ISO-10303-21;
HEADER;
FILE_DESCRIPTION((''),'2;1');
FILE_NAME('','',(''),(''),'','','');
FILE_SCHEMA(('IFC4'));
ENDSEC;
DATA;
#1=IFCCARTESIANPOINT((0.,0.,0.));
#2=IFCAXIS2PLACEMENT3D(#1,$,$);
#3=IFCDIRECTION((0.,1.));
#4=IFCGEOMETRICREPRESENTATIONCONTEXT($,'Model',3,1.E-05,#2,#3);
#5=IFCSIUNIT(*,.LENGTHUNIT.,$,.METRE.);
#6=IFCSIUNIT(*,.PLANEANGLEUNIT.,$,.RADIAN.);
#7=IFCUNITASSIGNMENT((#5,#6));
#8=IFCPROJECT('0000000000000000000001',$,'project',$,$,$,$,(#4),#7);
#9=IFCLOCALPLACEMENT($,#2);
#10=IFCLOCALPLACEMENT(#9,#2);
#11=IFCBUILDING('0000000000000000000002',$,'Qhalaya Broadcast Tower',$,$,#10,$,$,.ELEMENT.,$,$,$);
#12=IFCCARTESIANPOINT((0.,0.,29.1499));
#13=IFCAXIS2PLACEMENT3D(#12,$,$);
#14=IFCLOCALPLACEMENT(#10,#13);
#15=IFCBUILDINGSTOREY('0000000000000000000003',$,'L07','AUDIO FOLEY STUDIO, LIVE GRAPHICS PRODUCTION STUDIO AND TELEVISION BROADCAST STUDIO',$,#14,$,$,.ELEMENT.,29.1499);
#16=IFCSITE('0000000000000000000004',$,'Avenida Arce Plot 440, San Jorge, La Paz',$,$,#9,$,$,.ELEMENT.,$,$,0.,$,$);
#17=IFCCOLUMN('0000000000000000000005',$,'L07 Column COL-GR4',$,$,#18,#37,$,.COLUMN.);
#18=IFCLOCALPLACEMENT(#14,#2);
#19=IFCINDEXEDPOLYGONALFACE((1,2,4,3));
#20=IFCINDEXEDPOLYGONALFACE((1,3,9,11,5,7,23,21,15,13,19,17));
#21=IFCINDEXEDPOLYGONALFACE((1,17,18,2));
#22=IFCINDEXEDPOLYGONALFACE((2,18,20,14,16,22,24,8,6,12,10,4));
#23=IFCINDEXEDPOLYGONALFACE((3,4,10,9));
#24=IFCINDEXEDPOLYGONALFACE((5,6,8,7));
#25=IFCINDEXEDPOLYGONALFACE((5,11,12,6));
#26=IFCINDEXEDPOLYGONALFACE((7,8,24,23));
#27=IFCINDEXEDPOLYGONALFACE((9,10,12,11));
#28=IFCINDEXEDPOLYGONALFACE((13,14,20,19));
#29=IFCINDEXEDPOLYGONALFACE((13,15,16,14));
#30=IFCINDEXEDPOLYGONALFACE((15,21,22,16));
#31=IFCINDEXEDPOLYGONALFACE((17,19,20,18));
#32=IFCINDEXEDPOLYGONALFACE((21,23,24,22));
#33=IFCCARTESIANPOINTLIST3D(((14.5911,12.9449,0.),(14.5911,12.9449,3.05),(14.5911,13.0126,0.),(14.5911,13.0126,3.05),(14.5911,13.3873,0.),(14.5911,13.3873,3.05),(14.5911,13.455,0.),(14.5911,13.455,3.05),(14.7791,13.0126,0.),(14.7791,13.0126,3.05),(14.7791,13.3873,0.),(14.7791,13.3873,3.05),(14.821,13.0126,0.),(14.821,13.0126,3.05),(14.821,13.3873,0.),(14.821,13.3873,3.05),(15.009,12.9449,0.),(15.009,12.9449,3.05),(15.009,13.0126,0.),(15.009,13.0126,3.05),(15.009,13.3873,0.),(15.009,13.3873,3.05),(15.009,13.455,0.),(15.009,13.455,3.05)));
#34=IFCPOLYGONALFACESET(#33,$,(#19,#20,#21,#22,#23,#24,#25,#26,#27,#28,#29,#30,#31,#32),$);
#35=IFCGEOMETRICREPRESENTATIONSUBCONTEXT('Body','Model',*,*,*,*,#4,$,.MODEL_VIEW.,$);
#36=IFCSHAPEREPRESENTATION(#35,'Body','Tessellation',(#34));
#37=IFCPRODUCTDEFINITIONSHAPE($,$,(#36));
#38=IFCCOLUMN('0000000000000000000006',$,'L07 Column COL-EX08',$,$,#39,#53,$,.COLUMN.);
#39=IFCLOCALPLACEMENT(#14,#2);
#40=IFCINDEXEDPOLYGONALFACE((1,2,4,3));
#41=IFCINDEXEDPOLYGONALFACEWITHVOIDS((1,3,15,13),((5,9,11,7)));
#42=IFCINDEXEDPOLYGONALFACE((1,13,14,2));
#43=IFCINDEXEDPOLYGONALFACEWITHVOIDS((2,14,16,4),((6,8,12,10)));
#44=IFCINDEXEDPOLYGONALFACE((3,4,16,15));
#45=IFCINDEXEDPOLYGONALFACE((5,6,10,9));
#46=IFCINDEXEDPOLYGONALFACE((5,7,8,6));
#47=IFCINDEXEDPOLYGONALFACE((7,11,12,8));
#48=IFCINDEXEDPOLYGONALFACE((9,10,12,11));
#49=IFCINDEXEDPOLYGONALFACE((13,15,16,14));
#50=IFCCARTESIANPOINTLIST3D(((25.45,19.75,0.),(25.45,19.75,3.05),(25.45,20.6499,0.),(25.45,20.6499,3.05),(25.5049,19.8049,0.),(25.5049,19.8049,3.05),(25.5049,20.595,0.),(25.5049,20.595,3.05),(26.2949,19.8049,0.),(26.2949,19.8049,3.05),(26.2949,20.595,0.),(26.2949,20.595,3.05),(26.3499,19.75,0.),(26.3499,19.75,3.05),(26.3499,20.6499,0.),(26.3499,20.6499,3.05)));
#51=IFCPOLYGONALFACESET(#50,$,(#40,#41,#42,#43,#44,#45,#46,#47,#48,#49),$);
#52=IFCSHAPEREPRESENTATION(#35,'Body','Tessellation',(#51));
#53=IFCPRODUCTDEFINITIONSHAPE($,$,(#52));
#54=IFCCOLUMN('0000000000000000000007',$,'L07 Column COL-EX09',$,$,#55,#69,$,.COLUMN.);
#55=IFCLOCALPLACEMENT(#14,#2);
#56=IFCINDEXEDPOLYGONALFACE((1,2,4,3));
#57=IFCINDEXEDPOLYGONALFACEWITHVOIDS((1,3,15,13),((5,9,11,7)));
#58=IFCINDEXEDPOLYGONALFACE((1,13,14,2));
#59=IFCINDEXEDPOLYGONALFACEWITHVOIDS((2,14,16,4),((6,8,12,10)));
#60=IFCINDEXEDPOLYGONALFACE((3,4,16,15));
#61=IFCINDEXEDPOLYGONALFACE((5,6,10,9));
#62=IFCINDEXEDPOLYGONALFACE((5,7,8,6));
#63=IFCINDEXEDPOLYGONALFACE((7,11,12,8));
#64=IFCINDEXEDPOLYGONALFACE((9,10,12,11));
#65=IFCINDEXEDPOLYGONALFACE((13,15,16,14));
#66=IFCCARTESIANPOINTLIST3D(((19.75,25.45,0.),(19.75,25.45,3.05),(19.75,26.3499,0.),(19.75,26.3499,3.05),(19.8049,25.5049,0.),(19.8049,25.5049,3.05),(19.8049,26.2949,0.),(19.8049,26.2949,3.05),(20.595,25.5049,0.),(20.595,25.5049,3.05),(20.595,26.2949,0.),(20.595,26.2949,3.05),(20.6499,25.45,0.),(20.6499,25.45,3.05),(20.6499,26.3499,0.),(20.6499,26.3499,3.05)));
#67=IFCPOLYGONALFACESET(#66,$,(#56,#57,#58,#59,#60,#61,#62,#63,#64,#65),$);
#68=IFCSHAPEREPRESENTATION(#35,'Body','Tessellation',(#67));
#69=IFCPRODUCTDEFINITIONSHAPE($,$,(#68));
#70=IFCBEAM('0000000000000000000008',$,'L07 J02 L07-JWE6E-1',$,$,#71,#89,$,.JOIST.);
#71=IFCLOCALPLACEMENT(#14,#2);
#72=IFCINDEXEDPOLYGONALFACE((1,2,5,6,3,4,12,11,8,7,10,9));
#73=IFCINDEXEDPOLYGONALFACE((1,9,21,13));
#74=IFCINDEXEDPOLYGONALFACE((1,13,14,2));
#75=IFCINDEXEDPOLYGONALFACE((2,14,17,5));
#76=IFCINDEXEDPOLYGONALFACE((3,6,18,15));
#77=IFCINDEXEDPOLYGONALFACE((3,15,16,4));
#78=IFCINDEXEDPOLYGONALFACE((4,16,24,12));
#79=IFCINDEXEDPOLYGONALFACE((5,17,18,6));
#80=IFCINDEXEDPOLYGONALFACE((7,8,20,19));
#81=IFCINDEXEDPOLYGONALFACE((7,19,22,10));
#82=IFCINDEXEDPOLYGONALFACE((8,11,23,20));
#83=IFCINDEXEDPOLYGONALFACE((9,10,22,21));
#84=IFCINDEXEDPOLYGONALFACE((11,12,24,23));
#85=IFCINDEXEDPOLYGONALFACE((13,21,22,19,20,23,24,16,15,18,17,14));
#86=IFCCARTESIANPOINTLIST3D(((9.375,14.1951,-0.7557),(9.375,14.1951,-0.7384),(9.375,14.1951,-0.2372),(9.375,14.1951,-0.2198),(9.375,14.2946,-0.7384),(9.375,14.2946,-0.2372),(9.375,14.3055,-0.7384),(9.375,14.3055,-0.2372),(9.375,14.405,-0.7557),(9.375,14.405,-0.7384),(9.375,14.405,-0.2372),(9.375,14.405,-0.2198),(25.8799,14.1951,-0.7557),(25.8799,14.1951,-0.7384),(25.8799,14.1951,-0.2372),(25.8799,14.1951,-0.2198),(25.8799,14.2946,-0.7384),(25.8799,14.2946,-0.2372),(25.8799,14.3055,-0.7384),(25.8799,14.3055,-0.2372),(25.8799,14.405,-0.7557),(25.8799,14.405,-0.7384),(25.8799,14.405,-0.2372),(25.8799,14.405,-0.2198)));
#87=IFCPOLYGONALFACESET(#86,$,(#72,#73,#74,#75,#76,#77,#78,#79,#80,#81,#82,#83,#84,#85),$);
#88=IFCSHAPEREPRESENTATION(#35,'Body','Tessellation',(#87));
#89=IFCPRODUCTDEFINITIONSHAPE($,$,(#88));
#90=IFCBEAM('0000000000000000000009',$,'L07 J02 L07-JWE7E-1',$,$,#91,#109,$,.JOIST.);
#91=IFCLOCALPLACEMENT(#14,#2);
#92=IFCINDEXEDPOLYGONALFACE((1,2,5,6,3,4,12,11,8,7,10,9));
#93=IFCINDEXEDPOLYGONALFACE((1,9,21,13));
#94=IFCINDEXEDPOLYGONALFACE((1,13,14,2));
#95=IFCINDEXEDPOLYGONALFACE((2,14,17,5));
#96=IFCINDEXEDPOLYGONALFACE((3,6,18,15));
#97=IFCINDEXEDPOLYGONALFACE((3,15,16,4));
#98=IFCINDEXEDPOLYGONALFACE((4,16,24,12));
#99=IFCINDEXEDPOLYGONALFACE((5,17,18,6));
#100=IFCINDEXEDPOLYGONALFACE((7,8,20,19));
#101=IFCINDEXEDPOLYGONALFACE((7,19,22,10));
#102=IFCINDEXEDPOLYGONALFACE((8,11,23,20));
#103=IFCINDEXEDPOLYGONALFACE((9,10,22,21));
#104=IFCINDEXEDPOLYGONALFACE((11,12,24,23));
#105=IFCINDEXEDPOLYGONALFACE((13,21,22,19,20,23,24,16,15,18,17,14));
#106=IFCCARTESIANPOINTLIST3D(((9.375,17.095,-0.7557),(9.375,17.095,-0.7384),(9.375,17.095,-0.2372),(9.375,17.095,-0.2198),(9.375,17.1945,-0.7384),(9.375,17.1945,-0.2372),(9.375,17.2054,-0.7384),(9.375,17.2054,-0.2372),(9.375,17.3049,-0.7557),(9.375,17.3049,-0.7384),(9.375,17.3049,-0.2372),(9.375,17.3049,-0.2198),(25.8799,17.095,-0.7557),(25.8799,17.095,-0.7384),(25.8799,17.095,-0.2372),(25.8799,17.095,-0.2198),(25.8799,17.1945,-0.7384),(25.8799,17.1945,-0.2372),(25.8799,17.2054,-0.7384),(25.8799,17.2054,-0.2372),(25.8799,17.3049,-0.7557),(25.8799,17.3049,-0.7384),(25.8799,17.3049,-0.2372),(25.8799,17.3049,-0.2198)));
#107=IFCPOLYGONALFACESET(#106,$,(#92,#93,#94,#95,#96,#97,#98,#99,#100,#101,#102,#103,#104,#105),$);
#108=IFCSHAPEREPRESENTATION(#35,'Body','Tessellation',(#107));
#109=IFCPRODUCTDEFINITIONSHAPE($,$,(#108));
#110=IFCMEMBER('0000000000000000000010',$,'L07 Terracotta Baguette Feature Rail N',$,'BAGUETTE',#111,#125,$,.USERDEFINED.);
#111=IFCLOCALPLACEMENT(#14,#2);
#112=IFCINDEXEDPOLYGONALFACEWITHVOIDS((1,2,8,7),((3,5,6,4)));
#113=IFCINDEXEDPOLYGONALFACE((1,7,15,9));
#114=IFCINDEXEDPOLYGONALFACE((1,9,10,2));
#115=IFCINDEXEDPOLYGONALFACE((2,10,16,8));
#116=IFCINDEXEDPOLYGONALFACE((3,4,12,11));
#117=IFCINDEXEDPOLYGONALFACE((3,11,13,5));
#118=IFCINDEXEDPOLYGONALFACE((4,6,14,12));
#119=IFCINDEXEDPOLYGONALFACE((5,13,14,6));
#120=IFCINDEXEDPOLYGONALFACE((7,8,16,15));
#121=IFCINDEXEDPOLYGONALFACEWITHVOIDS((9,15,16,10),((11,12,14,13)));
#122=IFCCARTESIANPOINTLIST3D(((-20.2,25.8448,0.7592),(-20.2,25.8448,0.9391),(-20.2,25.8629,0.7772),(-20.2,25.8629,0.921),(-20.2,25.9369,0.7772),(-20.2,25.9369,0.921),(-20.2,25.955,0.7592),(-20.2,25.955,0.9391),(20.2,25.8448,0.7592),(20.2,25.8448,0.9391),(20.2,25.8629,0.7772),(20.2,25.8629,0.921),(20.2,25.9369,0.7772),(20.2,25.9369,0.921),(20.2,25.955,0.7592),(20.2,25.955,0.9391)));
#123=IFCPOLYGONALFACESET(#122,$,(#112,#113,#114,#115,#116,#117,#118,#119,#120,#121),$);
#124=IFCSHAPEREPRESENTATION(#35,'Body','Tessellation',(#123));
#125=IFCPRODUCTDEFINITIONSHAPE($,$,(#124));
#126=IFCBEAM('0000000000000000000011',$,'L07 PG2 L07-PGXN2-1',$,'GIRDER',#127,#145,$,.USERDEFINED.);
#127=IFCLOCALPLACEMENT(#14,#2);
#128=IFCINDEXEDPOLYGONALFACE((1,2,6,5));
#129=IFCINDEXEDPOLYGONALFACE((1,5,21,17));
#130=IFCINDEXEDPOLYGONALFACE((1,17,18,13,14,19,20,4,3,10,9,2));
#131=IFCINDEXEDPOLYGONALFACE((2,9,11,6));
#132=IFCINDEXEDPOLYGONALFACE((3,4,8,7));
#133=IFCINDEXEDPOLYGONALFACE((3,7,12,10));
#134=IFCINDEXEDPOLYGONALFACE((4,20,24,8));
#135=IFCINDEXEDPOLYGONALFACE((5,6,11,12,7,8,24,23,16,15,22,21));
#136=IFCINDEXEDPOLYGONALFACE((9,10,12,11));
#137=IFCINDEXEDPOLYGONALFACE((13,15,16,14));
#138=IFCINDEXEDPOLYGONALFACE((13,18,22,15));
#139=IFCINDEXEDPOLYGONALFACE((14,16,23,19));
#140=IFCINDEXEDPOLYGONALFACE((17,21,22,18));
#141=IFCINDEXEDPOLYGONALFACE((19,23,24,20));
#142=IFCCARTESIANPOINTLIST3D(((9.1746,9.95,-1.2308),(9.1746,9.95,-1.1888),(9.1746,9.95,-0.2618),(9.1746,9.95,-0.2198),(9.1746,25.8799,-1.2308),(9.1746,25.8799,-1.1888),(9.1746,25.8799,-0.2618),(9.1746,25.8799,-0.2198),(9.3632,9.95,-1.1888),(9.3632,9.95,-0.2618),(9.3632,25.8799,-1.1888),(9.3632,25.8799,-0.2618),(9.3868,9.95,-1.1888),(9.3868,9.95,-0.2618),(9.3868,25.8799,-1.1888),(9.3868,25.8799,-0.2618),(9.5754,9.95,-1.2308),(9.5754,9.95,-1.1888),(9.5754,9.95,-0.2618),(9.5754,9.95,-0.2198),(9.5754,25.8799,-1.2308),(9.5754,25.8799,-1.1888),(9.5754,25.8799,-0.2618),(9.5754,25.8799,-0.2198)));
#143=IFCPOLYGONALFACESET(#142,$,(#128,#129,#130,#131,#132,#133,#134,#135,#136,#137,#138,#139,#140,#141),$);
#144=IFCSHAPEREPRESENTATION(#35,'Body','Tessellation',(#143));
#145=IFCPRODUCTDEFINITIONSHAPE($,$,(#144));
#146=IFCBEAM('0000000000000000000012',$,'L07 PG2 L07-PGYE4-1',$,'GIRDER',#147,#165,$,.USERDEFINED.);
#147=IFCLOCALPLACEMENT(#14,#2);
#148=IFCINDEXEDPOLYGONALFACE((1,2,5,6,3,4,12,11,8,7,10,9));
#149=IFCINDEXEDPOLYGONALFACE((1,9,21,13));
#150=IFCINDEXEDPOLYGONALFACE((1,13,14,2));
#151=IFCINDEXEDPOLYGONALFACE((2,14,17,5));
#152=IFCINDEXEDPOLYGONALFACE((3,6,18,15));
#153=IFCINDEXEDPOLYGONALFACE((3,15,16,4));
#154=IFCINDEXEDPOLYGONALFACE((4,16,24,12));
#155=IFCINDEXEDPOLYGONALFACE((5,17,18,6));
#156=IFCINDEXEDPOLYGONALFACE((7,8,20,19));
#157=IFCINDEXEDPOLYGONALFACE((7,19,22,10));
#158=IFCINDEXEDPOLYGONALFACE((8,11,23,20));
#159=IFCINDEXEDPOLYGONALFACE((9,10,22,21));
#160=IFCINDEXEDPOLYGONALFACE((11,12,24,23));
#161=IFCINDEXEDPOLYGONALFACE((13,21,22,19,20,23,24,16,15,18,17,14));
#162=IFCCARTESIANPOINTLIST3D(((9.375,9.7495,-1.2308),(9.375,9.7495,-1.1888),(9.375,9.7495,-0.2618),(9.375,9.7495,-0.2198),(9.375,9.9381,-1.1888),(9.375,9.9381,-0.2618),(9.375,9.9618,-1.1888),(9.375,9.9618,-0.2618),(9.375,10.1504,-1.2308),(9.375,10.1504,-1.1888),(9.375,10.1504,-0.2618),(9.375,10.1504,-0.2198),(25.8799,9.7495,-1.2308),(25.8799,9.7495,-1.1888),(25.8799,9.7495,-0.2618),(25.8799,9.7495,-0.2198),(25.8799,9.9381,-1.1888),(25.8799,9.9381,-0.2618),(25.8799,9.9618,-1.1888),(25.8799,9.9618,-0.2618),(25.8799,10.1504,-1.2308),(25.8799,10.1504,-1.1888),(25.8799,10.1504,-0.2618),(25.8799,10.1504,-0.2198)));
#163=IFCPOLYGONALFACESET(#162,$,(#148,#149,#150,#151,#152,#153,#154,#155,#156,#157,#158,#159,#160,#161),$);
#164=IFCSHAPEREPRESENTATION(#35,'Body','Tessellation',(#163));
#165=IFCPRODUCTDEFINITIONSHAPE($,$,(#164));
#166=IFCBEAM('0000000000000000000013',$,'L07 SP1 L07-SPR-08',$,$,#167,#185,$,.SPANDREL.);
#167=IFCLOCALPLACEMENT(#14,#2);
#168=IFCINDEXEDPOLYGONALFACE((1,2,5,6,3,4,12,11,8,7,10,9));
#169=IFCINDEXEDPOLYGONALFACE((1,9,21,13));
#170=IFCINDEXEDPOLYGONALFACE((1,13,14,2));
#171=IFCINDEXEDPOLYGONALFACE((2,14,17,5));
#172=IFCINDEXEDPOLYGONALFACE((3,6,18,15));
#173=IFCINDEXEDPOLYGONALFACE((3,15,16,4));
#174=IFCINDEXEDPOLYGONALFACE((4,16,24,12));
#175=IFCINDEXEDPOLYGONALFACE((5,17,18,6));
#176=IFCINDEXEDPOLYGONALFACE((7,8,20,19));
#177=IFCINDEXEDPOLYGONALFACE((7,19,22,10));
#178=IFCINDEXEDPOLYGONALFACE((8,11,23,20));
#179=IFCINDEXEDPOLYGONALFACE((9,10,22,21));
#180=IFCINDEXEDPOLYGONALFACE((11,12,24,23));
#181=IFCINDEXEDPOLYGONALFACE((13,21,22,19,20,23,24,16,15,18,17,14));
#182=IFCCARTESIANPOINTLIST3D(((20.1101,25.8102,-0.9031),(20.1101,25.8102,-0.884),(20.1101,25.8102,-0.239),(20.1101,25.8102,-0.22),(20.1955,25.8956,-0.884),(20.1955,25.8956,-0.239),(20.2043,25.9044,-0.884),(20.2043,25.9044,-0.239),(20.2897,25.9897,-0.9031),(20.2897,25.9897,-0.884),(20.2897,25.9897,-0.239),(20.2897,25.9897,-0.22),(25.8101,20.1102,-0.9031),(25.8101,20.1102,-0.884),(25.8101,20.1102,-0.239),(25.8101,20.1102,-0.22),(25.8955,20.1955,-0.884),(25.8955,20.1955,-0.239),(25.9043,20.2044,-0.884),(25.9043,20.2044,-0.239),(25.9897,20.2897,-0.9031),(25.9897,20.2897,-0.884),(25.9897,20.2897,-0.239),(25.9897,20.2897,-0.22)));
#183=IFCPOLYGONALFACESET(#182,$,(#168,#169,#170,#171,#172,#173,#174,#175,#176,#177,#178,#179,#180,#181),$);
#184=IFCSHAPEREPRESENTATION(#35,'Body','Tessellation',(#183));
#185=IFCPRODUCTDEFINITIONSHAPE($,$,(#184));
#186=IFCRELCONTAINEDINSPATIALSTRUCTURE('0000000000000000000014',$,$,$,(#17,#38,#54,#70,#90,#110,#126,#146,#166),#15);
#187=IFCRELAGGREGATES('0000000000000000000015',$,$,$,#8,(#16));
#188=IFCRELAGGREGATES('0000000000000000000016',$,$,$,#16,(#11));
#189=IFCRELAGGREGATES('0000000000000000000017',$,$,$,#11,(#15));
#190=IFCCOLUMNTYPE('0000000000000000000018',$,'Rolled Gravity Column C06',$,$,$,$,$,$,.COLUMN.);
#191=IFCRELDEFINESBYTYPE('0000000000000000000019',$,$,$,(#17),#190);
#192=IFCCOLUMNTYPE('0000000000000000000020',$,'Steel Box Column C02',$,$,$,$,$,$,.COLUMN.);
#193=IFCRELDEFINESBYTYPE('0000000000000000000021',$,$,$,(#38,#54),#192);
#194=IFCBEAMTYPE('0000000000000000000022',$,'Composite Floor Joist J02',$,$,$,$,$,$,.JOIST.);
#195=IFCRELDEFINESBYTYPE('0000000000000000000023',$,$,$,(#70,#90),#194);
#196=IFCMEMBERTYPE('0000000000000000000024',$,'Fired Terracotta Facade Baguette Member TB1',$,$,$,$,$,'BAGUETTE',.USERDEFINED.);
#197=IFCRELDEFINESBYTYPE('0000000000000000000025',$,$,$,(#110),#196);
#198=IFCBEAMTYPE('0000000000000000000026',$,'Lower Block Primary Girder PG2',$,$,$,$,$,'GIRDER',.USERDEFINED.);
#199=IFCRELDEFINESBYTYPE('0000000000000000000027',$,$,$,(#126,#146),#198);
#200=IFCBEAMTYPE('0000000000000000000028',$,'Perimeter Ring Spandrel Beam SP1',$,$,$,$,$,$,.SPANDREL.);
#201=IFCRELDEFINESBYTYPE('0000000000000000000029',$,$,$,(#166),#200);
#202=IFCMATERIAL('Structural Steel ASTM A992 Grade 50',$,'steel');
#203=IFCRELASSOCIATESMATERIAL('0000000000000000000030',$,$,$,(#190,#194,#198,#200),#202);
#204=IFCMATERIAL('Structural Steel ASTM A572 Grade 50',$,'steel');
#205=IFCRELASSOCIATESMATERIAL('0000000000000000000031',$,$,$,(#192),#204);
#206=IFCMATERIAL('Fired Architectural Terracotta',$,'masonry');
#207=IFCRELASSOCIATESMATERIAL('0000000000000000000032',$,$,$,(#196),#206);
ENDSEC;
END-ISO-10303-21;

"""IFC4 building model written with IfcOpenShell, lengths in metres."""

from ifc_helpers import new_model, si_unit, direction, frame, origin, origin_2d, place, context, subcontext, project, spatial, hollow_rectangle, i_section, extrude, material, material_profile, profile_set, type_object, element, save


model = new_model("IFC4")

# Units and contexts
model_context = context("Model", 3, precision=1e-05, world=origin(), true_north=direction((0.0, 1.0)))
body_context = subcontext(model_context, "Body", "Model", "MODEL_VIEW")
ifc_project = project(units=[si_unit("LENGTHUNIT", "METRE"), si_unit("PLANEANGLEUNIT", "RADIAN")], contexts=[model_context])

# Site, building, storey
site_placement = place(None, origin())
site = spatial("IfcSite", under=ifc_project, at=site_placement, Name="Avenida Arce Plot 440, San Jorge, La Paz", CompositionType="ELEMENT", RefElevation=0.0)
building_placement = place(site_placement, origin())
building = spatial("IfcBuilding", under=site, at=building_placement, Name="Qhalaya Broadcast Tower", CompositionType="ELEMENT")
storey_placement = place(building_placement, frame((0.0, 0.0, 29.1499)))
storey = spatial("IfcBuildingStorey", under=building, at=storey_placement, Name="L07", Description="AUDIO FOLEY STUDIO, LIVE GRAPHICS PRODUCTION STUDIO AND TELEVISION BROADCAST STUDIO", CompositionType="ELEMENT", Elevation=29.1499)

# Columns
ifc_material_1 = material(Name="Structural Steel ASTM A992 Grade 50", Category="steel")
ifc_material_profile_1 = material_profile(ifc_material_1, i_section(OverallWidth=0.418, OverallDepth=0.51, WebThickness=0.042, FlangeThickness=0.0676, at=origin_2d()), Name="W14X370")
ifc_profile_set_1 = profile_set([ifc_material_profile_1], Name="Structural Steel ASTM A992 Grade 50")
column_type_1 = type_object("IfcColumnType", Name="Rolled Gravity Column C06", PredefinedType="COLUMN", material=ifc_profile_set_1)
column_placement = place(storey_placement, frame((14.8, 13.2, 0.0), z_axis=(0.0, 0.0, 1.0), x_axis=(1.0, 0.0, 0.0)))
element("IfcColumn", 1, at=column_placement, inside=storey, type_object=column_type_1, Name="L07 Column COL-GR4", PredefinedType="COLUMN", context=body_context, shape_type="SweptSolid", body=[
    extrude(i_section(OverallWidth=0.418, OverallDepth=0.51, WebThickness=0.042, FlangeThickness=0.0676, at=origin_2d()), origin(), (0.0, 0.0, 1.0), 3.05),
])
ifc_material_2 = material(Name="Structural Steel ASTM A572 Grade 50", Category="steel")
ifc_material_profile_2 = material_profile(ifc_material_2, hollow_rectangle(XDim=0.8999, YDim=0.8999, WallThickness=0.0549, at=origin_2d()), Name="BOX 900x900x55")
ifc_profile_set_2 = profile_set([ifc_material_profile_2], Name="Structural Steel ASTM A572 Grade 50")
column_type_2 = type_object("IfcColumnType", Name="Steel Box Column C02", PredefinedType="COLUMN", material=ifc_profile_set_2)
for number, where, z_axis, x_axis, name in (
    (2, (25.8999, 20.2, 0.0), (0.0, 0.0, 1.0), (0.0, 1.0, 0.0), "L07 Column COL-EX08"),
    (3, (20.2, 25.8999, 0.0), (0.0, 0.0, 1.0), (1.0, 0.0, 0.0), "L07 Column COL-EX09"),
):
    element("IfcColumn", number, at=place(storey_placement, frame(where, z_axis=z_axis, x_axis=x_axis)), inside=storey, type_object=column_type_2, Name=name, PredefinedType="COLUMN", context=body_context, shape_type="SweptSolid", body=[
        extrude(hollow_rectangle(XDim=0.8999, YDim=0.8999, WallThickness=0.0549, at=origin_2d()), origin(), (0.0, 0.0, 1.0), 3.05),
    ])

# Beams
ifc_material_profile_3 = material_profile(ifc_material_1, i_section(OverallWidth=0.21, OverallDepth=0.5359, WebThickness=0.011, FlangeThickness=0.0173, at=origin_2d()), Name="W21X68")
ifc_profile_set_3 = profile_set([ifc_material_profile_3], Name="Structural Steel ASTM A992 Grade 50")
beam_type_1 = type_object("IfcBeamType", Name="Composite Floor Joist J02", PredefinedType="JOIST", material=ifc_profile_set_3)
for number, where, z_axis, x_axis, name in (
    (4, (9.375, 14.3, -0.4878), (1.0, 0.0, 0.0), (0.0, 1.0, 0.0), "L07 J02 L07-JWE6E-1"),
    (5, (9.375, 17.2, -0.4878), (1.0, 0.0, 0.0), (0.0, 1.0, 0.0), "L07 J02 L07-JWE7E-1"),
):
    element("IfcBeam", number, at=place(storey_placement, frame(where, z_axis=z_axis, x_axis=x_axis)), inside=storey, type_object=beam_type_1, Name=name, PredefinedType="JOIST", context=body_context, shape_type="SweptSolid", body=[
        extrude(i_section(OverallWidth=0.21, OverallDepth=0.5359, WebThickness=0.011, FlangeThickness=0.0173, at=origin_2d()), origin(), (0.0, 0.0, 1.0), 16.5049),
    ])

# Member
ifc_material_3 = material(Name="Fired Architectural Terracotta", Category="masonry")
ifc_material_profile_4 = material_profile(ifc_material_3, hollow_rectangle(XDim=0.1101, YDim=0.1799, WallThickness=0.0181, at=origin_2d()), Name="TB-BAG 110x180x18")
ifc_profile_set_4 = profile_set([ifc_material_profile_4], Name="Fired Architectural Terracotta")
member_type = type_object("IfcMemberType", Name="Fired Terracotta Facade Baguette Member TB1", ElementType="BAGUETTE", PredefinedType="USERDEFINED", material=ifc_profile_set_4)
member_placement = place(storey_placement, frame((20.2, 25.8999, 0.8491), z_axis=(-1.0, 0.0, 0.0), x_axis=(0.0, -1.0, 0.0)))
element("IfcMember", 6, at=member_placement, inside=storey, type_object=member_type, Name="L07 Terracotta Baguette Feature Rail N", ObjectType="BAGUETTE", PredefinedType="USERDEFINED", context=body_context, shape_type="SweptSolid", body=[
    extrude(hollow_rectangle(XDim=0.1101, YDim=0.1799, WallThickness=0.0181, at=origin_2d()), origin(), (0.0, 0.0, 1.0), 40.3999),
])

# Beams
ifc_material_profile_5 = material_profile(ifc_material_1, i_section(OverallWidth=0.4009, OverallDepth=1.011, WebThickness=0.0237, FlangeThickness=0.042, at=origin_2d()), Name="W40X297")
ifc_profile_set_5 = profile_set([ifc_material_profile_5], Name="Structural Steel ASTM A992 Grade 50")
beam_type_2 = type_object("IfcBeamType", Name="Lower Block Primary Girder PG2", ElementType="GIRDER", PredefinedType="USERDEFINED", material=ifc_profile_set_5)
beam_1_placement = place(storey_placement, frame((9.375, 9.95, -0.7253), z_axis=(0.0, 1.0, 0.0), x_axis=(-1.0, 0.0, 0.0)))
element("IfcBeam", 7, at=beam_1_placement, inside=storey, type_object=beam_type_2, Name="L07 PG2 L07-PGXN2-1", ObjectType="GIRDER", PredefinedType="USERDEFINED", context=body_context, shape_type="SweptSolid", body=[
    extrude(i_section(OverallWidth=0.4009, OverallDepth=1.011, WebThickness=0.0237, FlangeThickness=0.042, at=origin_2d()), origin(), (0.0, 0.0, 1.0), 15.9299),
])
beam_2_placement = place(storey_placement, frame((9.375, 9.95, -0.7253), z_axis=(1.0, 0.0, 0.0), x_axis=(0.0, 1.0, 0.0)))
element("IfcBeam", 8, at=beam_2_placement, inside=storey, type_object=beam_type_2, Name="L07 PG2 L07-PGYE4-1", ObjectType="GIRDER", PredefinedType="USERDEFINED", context=body_context, shape_type="SweptSolid", body=[
    extrude(i_section(OverallWidth=0.4009, OverallDepth=1.011, WebThickness=0.0237, FlangeThickness=0.042, at=origin_2d()), origin(), (0.0, 0.0, 1.0), 16.5049),
])
ifc_material_profile_6 = material_profile(ifc_material_1, i_section(OverallWidth=0.2539, OverallDepth=0.6831, WebThickness=0.0125, FlangeThickness=0.019, at=origin_2d()), Name="W27X94")
ifc_profile_set_6 = profile_set([ifc_material_profile_6], Name="Structural Steel ASTM A992 Grade 50")
beam_type_3 = type_object("IfcBeamType", Name="Perimeter Ring Spandrel Beam SP1", PredefinedType="SPANDREL", material=ifc_profile_set_6)
beam_3_placement = place(storey_placement, frame((25.8999, 20.2, -0.5615), z_axis=(-0.707107, 0.707107, 0.0), x_axis=(-0.707107, -0.707107, 0.0)))
element("IfcBeam", 9, at=beam_3_placement, inside=storey, type_object=beam_type_3, Name="L07 SP1 L07-SPR-08", PredefinedType="SPANDREL", context=body_context, shape_type="SweptSolid", body=[
    extrude(i_section(OverallWidth=0.2539, OverallDepth=0.6831, WebThickness=0.0125, FlangeThickness=0.019, at=origin_2d()), origin(), (0.0, 0.0, 1.0), 8.061),
])

save(model, "model.ifc")
